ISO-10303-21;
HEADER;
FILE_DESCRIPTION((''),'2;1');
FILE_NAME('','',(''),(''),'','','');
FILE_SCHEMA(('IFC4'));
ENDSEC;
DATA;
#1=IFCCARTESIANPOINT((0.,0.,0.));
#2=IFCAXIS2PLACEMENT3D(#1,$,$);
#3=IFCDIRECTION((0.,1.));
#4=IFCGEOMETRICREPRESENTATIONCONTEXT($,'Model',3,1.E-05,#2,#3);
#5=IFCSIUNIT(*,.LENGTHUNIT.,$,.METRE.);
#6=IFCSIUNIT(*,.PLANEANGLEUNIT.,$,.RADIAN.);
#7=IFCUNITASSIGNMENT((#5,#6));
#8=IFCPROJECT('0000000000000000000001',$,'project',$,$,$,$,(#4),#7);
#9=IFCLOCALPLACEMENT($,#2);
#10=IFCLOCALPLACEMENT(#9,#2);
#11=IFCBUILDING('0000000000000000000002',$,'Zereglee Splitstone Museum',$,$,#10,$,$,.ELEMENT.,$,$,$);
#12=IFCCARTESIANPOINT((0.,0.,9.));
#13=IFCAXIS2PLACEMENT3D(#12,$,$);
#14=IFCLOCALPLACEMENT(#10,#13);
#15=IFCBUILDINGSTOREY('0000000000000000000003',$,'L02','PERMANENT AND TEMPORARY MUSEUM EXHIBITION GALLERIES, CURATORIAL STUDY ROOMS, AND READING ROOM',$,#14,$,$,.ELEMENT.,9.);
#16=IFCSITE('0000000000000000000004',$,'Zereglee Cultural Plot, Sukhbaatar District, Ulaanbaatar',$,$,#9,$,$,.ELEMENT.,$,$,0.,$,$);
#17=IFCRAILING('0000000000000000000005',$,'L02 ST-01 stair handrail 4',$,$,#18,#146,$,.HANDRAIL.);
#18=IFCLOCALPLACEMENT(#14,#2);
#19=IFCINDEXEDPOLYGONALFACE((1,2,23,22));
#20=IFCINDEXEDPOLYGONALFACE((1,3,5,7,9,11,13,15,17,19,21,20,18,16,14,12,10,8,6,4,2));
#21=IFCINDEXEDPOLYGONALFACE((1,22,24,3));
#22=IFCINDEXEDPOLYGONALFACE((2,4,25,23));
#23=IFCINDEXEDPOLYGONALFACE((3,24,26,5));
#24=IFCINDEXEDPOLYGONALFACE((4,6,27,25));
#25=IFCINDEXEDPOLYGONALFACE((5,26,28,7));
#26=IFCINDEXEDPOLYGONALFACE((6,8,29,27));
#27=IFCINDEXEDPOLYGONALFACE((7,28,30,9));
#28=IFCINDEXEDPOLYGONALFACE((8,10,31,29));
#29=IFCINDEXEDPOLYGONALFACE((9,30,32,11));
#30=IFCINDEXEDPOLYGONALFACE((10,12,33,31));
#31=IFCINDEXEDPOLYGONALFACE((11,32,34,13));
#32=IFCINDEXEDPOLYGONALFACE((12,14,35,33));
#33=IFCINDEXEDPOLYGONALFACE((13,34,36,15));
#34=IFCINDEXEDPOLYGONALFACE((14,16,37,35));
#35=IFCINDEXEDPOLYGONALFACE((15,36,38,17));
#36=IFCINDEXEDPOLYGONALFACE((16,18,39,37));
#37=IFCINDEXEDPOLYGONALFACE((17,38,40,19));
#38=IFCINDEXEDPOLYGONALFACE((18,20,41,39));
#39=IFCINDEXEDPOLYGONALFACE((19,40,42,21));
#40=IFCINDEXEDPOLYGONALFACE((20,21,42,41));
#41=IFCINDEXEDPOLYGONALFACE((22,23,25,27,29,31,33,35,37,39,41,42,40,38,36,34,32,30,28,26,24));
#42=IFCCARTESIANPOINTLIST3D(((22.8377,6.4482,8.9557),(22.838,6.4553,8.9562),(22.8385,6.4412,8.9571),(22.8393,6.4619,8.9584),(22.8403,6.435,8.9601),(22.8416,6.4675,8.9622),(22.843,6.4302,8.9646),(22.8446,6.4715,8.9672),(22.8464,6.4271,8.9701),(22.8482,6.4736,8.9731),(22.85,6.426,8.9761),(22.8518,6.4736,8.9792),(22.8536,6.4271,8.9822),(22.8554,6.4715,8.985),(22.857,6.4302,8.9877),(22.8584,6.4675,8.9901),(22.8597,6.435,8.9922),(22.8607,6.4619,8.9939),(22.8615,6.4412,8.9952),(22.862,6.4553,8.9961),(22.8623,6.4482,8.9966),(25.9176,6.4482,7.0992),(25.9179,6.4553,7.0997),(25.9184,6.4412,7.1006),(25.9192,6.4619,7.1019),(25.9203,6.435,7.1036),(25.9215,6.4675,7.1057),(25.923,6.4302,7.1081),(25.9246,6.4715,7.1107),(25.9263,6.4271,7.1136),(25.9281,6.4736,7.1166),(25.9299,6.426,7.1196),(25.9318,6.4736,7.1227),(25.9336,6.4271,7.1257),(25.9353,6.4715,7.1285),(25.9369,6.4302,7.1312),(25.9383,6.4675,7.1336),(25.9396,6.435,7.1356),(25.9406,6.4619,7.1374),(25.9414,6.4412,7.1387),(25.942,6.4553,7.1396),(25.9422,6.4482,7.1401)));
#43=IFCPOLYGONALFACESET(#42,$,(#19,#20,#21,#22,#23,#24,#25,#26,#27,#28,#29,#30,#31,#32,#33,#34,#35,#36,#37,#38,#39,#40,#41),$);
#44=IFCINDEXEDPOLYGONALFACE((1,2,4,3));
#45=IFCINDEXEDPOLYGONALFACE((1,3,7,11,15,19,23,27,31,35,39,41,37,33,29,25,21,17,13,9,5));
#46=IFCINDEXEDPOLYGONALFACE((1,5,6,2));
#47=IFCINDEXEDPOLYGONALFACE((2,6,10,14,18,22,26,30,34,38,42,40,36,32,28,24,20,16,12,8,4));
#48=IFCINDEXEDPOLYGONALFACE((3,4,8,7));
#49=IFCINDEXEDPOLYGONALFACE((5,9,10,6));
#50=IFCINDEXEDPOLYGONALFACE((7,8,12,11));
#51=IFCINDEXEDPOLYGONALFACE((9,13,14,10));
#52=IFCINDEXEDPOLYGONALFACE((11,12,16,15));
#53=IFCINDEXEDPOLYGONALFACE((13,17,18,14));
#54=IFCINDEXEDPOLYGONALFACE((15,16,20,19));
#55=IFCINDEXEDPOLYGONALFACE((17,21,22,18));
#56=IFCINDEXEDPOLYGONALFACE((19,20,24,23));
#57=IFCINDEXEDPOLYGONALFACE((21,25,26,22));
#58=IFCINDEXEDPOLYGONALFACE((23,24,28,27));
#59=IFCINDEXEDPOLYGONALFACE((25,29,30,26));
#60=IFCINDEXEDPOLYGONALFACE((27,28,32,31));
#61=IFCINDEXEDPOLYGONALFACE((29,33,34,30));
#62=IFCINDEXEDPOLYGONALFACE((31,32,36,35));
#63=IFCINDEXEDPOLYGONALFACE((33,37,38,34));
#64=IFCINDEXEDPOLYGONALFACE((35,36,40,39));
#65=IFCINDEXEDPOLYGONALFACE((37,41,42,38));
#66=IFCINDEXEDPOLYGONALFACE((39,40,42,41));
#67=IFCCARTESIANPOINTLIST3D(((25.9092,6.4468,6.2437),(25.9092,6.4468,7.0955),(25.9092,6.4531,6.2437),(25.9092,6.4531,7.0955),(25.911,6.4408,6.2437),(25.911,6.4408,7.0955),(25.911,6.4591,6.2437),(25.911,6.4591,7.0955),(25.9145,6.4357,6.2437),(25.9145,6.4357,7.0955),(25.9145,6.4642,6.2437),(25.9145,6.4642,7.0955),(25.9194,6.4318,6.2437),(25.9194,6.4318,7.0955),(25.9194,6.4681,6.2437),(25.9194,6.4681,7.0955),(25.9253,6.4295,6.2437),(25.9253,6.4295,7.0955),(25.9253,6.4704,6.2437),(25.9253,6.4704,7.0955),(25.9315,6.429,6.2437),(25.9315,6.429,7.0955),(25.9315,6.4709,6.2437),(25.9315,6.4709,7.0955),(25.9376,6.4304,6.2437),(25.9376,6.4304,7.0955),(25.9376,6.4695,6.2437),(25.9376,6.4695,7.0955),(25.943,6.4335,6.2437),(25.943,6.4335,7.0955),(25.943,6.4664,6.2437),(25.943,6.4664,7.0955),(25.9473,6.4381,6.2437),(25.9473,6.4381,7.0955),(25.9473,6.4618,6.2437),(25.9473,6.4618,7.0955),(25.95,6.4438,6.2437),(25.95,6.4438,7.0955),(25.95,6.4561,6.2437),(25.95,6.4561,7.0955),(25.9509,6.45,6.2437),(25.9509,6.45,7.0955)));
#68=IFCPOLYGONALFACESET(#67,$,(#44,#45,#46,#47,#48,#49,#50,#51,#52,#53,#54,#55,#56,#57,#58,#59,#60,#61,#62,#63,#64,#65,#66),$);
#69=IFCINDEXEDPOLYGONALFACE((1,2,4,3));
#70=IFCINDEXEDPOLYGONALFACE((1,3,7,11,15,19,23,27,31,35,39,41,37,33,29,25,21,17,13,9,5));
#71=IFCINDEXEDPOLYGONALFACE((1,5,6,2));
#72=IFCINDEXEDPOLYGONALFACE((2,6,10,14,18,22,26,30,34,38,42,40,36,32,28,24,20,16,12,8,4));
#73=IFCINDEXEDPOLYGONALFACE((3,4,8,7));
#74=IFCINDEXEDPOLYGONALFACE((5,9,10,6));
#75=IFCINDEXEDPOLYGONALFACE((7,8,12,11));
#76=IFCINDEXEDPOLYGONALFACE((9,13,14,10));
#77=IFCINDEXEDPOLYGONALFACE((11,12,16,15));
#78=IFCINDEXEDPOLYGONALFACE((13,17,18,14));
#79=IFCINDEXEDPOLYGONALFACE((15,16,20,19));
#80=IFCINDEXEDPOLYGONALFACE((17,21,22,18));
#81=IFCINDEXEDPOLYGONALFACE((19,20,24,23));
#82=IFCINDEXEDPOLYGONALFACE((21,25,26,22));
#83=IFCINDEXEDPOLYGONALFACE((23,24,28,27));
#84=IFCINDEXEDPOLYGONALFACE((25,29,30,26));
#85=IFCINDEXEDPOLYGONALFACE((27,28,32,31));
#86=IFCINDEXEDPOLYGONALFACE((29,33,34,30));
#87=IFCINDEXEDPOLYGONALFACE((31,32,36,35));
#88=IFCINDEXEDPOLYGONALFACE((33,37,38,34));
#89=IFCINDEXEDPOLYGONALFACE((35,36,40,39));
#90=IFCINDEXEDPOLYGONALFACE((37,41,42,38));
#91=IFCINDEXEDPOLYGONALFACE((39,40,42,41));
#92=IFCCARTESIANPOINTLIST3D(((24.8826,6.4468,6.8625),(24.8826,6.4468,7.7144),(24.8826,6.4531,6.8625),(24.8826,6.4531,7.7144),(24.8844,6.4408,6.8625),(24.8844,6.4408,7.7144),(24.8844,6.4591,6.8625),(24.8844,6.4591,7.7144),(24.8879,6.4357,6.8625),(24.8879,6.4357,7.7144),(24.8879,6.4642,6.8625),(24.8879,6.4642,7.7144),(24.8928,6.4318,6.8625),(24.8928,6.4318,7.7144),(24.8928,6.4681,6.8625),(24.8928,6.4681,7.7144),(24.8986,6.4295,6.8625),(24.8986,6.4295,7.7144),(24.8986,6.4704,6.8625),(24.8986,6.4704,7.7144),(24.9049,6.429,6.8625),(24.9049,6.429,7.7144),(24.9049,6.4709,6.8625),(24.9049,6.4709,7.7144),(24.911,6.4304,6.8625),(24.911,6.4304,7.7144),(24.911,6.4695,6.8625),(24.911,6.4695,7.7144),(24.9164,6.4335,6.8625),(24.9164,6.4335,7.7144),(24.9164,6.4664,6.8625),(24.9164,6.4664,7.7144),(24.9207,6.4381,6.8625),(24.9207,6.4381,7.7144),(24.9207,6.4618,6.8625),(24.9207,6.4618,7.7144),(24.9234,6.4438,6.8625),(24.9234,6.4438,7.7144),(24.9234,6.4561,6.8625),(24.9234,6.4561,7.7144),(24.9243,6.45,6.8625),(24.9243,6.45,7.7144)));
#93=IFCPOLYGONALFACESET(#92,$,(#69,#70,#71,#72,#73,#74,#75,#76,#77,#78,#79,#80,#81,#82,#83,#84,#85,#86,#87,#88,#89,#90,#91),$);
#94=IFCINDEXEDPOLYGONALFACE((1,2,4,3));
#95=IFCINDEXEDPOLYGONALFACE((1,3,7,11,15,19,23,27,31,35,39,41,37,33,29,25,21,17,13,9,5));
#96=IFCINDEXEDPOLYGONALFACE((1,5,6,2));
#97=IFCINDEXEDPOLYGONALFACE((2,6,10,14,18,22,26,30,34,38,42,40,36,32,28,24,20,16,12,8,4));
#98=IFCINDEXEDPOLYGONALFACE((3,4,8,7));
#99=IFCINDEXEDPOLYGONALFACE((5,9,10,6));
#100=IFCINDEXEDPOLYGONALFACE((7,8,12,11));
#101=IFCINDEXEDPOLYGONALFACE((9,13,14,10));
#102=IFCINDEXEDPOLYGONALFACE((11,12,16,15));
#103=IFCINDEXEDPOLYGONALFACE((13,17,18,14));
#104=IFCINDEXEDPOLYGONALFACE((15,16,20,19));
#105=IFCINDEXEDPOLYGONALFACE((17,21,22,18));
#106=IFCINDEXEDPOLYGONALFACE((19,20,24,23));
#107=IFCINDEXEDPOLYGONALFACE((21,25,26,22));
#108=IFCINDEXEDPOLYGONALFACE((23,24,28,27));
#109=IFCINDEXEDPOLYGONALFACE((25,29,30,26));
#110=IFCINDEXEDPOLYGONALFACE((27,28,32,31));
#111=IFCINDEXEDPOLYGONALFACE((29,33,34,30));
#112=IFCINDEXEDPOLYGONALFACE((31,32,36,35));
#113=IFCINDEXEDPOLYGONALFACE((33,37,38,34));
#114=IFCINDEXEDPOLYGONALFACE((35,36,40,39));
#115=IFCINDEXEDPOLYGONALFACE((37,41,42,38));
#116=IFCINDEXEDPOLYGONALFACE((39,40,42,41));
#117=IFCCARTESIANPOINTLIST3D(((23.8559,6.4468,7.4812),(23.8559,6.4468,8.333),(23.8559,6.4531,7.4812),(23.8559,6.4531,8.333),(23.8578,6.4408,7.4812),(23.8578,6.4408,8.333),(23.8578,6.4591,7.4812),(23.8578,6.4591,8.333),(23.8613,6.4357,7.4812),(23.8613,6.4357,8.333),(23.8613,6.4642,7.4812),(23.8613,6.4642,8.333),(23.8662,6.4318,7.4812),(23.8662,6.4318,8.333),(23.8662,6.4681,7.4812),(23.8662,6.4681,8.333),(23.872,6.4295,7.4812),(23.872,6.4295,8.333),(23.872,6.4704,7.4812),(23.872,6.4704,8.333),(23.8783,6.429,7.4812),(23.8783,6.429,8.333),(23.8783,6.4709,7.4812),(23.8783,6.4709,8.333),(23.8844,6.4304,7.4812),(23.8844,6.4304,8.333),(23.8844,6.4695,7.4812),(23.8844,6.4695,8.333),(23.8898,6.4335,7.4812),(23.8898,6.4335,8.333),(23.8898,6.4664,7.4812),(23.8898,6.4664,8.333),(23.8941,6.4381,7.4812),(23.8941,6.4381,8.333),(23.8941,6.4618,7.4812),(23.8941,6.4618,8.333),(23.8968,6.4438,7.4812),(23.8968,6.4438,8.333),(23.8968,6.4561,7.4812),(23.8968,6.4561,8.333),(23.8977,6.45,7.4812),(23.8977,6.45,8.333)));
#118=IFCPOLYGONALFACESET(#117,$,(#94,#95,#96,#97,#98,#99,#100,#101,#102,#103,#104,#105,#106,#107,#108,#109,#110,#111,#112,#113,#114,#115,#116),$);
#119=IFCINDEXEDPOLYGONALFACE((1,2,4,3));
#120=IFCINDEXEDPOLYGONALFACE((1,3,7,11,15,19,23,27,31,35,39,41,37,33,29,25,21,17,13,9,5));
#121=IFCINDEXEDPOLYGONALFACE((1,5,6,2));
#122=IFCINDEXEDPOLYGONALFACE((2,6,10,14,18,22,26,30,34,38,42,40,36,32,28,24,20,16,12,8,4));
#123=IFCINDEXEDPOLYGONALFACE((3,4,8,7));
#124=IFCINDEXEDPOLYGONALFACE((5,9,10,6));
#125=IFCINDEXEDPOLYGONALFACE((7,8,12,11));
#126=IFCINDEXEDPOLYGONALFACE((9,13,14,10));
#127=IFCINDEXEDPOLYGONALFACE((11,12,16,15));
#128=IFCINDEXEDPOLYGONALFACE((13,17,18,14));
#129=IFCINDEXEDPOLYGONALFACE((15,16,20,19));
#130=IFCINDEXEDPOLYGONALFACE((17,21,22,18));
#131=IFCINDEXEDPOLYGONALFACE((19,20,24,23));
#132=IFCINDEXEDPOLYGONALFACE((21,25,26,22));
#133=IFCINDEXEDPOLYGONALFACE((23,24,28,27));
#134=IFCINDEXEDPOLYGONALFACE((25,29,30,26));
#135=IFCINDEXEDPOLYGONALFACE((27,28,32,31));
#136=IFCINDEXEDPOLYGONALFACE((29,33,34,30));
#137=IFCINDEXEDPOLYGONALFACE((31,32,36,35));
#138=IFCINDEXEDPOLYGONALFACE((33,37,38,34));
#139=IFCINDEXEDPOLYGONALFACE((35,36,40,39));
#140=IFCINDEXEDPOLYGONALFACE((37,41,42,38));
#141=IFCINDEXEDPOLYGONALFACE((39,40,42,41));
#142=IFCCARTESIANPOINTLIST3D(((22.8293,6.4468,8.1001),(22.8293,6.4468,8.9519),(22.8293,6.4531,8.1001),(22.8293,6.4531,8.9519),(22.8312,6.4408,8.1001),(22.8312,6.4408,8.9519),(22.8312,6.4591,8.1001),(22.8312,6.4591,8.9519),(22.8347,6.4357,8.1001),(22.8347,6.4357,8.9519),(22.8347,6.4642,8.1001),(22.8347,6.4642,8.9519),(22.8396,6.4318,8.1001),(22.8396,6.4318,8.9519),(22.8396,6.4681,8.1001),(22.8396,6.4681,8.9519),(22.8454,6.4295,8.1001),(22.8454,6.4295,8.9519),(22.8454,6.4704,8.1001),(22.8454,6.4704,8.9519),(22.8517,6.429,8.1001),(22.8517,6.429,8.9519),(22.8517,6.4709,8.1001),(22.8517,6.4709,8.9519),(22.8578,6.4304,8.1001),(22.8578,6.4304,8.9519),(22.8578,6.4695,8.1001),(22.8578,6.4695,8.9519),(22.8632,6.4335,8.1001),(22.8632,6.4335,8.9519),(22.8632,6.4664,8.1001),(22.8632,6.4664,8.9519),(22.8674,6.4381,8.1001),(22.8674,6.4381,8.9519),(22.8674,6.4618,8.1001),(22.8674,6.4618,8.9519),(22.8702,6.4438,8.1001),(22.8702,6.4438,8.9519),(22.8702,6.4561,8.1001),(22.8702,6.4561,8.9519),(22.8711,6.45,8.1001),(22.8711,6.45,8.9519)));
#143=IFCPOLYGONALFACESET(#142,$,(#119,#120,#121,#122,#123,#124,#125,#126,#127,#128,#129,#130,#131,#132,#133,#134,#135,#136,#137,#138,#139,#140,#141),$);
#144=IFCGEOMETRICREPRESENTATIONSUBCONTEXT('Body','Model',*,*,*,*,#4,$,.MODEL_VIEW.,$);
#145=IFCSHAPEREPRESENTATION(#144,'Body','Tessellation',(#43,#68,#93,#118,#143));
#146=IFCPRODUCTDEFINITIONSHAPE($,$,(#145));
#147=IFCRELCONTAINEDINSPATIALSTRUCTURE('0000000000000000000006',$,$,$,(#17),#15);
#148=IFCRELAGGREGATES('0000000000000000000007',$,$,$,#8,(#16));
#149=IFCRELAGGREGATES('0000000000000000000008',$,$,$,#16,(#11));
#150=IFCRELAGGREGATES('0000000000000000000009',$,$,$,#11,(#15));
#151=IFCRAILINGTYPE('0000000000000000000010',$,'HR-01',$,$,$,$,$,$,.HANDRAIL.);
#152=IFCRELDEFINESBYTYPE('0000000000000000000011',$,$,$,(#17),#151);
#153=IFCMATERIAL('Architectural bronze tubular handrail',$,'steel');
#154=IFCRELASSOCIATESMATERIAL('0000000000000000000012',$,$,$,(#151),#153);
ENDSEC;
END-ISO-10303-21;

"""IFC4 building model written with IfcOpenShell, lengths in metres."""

from ifc_helpers import new_model, si_unit, direction, frame, origin, origin_2d, place, context, subcontext, project, spatial, circle, extrude, material, type_object, element, save


model = new_model("IFC4")

# Units and contexts
model_context = context("Model", 3, precision=1e-05, world=origin(), true_north=direction((0.0, 1.0)))
body_context = subcontext(model_context, "Body", "Model", "MODEL_VIEW")
ifc_project = project(units=[si_unit("LENGTHUNIT", "METRE"), si_unit("PLANEANGLEUNIT", "RADIAN")], contexts=[model_context])

# Site, building, storey
site_placement = place(None, origin())
site = spatial("IfcSite", under=ifc_project, at=site_placement, Name="Zereglee Cultural Plot, Sukhbaatar District, Ulaanbaatar", CompositionType="ELEMENT", RefElevation=0.0)
building_placement = place(site_placement, origin())
building = spatial("IfcBuilding", under=site, at=building_placement, Name="Zereglee Splitstone Museum", CompositionType="ELEMENT")
storey_placement = place(building_placement, frame((0.0, 0.0, 9.0)))
storey = spatial("IfcBuildingStorey", under=building, at=storey_placement, Name="L02", Description="PERMANENT AND TEMPORARY MUSEUM EXHIBITION GALLERIES, CURATORIAL STUDY ROOMS, AND READING ROOM", CompositionType="ELEMENT", Elevation=9.0)

# Railing
ifc_material_1 = material(Name="Architectural bronze tubular handrail", Category="steel")
railing_type_1 = type_object("IfcRailingType", Name="HR-01", PredefinedType="HANDRAIL", material=ifc_material_1)
railing_1_placement = place(storey_placement, frame((25.9299, 6.45, 6.2437)))
element("IfcRailing", 1, at=railing_1_placement, inside=storey, type_object=railing_type_1, Name="L02 ST-01 stair handrail 4", PredefinedType="HANDRAIL", context=body_context, shape_type="SweptSolid", body=[
    extrude(circle(Radius=0.0239, at=origin_2d()), frame((0.0, 0.0, 0.876), z_axis=(-0.856443, 0.0, 0.516242), x_axis=(0.0, -1.0, 0.0)), (0.0, 0.0, 1.0), 3.5962),
    extrude(circle(Radius=0.021, at=origin_2d()), origin(), (0.0, 0.0, 1.0), 0.8518),
    extrude(circle(Radius=0.021, at=origin_2d()), frame((-1.0266, 0.0, 0.6189)), (0.0, 0.0, 1.0), 0.8518),
    extrude(circle(Radius=0.021, at=origin_2d()), frame((-2.0532, 0.0, 1.2375)), (0.0, 0.0, 1.0), 0.8518),
    extrude(circle(Radius=0.021, at=origin_2d()), frame((-3.0798, 0.0, 1.8564)), (0.0, 0.0, 1.0), 0.8518),
])

save(model, "model.ifc")
